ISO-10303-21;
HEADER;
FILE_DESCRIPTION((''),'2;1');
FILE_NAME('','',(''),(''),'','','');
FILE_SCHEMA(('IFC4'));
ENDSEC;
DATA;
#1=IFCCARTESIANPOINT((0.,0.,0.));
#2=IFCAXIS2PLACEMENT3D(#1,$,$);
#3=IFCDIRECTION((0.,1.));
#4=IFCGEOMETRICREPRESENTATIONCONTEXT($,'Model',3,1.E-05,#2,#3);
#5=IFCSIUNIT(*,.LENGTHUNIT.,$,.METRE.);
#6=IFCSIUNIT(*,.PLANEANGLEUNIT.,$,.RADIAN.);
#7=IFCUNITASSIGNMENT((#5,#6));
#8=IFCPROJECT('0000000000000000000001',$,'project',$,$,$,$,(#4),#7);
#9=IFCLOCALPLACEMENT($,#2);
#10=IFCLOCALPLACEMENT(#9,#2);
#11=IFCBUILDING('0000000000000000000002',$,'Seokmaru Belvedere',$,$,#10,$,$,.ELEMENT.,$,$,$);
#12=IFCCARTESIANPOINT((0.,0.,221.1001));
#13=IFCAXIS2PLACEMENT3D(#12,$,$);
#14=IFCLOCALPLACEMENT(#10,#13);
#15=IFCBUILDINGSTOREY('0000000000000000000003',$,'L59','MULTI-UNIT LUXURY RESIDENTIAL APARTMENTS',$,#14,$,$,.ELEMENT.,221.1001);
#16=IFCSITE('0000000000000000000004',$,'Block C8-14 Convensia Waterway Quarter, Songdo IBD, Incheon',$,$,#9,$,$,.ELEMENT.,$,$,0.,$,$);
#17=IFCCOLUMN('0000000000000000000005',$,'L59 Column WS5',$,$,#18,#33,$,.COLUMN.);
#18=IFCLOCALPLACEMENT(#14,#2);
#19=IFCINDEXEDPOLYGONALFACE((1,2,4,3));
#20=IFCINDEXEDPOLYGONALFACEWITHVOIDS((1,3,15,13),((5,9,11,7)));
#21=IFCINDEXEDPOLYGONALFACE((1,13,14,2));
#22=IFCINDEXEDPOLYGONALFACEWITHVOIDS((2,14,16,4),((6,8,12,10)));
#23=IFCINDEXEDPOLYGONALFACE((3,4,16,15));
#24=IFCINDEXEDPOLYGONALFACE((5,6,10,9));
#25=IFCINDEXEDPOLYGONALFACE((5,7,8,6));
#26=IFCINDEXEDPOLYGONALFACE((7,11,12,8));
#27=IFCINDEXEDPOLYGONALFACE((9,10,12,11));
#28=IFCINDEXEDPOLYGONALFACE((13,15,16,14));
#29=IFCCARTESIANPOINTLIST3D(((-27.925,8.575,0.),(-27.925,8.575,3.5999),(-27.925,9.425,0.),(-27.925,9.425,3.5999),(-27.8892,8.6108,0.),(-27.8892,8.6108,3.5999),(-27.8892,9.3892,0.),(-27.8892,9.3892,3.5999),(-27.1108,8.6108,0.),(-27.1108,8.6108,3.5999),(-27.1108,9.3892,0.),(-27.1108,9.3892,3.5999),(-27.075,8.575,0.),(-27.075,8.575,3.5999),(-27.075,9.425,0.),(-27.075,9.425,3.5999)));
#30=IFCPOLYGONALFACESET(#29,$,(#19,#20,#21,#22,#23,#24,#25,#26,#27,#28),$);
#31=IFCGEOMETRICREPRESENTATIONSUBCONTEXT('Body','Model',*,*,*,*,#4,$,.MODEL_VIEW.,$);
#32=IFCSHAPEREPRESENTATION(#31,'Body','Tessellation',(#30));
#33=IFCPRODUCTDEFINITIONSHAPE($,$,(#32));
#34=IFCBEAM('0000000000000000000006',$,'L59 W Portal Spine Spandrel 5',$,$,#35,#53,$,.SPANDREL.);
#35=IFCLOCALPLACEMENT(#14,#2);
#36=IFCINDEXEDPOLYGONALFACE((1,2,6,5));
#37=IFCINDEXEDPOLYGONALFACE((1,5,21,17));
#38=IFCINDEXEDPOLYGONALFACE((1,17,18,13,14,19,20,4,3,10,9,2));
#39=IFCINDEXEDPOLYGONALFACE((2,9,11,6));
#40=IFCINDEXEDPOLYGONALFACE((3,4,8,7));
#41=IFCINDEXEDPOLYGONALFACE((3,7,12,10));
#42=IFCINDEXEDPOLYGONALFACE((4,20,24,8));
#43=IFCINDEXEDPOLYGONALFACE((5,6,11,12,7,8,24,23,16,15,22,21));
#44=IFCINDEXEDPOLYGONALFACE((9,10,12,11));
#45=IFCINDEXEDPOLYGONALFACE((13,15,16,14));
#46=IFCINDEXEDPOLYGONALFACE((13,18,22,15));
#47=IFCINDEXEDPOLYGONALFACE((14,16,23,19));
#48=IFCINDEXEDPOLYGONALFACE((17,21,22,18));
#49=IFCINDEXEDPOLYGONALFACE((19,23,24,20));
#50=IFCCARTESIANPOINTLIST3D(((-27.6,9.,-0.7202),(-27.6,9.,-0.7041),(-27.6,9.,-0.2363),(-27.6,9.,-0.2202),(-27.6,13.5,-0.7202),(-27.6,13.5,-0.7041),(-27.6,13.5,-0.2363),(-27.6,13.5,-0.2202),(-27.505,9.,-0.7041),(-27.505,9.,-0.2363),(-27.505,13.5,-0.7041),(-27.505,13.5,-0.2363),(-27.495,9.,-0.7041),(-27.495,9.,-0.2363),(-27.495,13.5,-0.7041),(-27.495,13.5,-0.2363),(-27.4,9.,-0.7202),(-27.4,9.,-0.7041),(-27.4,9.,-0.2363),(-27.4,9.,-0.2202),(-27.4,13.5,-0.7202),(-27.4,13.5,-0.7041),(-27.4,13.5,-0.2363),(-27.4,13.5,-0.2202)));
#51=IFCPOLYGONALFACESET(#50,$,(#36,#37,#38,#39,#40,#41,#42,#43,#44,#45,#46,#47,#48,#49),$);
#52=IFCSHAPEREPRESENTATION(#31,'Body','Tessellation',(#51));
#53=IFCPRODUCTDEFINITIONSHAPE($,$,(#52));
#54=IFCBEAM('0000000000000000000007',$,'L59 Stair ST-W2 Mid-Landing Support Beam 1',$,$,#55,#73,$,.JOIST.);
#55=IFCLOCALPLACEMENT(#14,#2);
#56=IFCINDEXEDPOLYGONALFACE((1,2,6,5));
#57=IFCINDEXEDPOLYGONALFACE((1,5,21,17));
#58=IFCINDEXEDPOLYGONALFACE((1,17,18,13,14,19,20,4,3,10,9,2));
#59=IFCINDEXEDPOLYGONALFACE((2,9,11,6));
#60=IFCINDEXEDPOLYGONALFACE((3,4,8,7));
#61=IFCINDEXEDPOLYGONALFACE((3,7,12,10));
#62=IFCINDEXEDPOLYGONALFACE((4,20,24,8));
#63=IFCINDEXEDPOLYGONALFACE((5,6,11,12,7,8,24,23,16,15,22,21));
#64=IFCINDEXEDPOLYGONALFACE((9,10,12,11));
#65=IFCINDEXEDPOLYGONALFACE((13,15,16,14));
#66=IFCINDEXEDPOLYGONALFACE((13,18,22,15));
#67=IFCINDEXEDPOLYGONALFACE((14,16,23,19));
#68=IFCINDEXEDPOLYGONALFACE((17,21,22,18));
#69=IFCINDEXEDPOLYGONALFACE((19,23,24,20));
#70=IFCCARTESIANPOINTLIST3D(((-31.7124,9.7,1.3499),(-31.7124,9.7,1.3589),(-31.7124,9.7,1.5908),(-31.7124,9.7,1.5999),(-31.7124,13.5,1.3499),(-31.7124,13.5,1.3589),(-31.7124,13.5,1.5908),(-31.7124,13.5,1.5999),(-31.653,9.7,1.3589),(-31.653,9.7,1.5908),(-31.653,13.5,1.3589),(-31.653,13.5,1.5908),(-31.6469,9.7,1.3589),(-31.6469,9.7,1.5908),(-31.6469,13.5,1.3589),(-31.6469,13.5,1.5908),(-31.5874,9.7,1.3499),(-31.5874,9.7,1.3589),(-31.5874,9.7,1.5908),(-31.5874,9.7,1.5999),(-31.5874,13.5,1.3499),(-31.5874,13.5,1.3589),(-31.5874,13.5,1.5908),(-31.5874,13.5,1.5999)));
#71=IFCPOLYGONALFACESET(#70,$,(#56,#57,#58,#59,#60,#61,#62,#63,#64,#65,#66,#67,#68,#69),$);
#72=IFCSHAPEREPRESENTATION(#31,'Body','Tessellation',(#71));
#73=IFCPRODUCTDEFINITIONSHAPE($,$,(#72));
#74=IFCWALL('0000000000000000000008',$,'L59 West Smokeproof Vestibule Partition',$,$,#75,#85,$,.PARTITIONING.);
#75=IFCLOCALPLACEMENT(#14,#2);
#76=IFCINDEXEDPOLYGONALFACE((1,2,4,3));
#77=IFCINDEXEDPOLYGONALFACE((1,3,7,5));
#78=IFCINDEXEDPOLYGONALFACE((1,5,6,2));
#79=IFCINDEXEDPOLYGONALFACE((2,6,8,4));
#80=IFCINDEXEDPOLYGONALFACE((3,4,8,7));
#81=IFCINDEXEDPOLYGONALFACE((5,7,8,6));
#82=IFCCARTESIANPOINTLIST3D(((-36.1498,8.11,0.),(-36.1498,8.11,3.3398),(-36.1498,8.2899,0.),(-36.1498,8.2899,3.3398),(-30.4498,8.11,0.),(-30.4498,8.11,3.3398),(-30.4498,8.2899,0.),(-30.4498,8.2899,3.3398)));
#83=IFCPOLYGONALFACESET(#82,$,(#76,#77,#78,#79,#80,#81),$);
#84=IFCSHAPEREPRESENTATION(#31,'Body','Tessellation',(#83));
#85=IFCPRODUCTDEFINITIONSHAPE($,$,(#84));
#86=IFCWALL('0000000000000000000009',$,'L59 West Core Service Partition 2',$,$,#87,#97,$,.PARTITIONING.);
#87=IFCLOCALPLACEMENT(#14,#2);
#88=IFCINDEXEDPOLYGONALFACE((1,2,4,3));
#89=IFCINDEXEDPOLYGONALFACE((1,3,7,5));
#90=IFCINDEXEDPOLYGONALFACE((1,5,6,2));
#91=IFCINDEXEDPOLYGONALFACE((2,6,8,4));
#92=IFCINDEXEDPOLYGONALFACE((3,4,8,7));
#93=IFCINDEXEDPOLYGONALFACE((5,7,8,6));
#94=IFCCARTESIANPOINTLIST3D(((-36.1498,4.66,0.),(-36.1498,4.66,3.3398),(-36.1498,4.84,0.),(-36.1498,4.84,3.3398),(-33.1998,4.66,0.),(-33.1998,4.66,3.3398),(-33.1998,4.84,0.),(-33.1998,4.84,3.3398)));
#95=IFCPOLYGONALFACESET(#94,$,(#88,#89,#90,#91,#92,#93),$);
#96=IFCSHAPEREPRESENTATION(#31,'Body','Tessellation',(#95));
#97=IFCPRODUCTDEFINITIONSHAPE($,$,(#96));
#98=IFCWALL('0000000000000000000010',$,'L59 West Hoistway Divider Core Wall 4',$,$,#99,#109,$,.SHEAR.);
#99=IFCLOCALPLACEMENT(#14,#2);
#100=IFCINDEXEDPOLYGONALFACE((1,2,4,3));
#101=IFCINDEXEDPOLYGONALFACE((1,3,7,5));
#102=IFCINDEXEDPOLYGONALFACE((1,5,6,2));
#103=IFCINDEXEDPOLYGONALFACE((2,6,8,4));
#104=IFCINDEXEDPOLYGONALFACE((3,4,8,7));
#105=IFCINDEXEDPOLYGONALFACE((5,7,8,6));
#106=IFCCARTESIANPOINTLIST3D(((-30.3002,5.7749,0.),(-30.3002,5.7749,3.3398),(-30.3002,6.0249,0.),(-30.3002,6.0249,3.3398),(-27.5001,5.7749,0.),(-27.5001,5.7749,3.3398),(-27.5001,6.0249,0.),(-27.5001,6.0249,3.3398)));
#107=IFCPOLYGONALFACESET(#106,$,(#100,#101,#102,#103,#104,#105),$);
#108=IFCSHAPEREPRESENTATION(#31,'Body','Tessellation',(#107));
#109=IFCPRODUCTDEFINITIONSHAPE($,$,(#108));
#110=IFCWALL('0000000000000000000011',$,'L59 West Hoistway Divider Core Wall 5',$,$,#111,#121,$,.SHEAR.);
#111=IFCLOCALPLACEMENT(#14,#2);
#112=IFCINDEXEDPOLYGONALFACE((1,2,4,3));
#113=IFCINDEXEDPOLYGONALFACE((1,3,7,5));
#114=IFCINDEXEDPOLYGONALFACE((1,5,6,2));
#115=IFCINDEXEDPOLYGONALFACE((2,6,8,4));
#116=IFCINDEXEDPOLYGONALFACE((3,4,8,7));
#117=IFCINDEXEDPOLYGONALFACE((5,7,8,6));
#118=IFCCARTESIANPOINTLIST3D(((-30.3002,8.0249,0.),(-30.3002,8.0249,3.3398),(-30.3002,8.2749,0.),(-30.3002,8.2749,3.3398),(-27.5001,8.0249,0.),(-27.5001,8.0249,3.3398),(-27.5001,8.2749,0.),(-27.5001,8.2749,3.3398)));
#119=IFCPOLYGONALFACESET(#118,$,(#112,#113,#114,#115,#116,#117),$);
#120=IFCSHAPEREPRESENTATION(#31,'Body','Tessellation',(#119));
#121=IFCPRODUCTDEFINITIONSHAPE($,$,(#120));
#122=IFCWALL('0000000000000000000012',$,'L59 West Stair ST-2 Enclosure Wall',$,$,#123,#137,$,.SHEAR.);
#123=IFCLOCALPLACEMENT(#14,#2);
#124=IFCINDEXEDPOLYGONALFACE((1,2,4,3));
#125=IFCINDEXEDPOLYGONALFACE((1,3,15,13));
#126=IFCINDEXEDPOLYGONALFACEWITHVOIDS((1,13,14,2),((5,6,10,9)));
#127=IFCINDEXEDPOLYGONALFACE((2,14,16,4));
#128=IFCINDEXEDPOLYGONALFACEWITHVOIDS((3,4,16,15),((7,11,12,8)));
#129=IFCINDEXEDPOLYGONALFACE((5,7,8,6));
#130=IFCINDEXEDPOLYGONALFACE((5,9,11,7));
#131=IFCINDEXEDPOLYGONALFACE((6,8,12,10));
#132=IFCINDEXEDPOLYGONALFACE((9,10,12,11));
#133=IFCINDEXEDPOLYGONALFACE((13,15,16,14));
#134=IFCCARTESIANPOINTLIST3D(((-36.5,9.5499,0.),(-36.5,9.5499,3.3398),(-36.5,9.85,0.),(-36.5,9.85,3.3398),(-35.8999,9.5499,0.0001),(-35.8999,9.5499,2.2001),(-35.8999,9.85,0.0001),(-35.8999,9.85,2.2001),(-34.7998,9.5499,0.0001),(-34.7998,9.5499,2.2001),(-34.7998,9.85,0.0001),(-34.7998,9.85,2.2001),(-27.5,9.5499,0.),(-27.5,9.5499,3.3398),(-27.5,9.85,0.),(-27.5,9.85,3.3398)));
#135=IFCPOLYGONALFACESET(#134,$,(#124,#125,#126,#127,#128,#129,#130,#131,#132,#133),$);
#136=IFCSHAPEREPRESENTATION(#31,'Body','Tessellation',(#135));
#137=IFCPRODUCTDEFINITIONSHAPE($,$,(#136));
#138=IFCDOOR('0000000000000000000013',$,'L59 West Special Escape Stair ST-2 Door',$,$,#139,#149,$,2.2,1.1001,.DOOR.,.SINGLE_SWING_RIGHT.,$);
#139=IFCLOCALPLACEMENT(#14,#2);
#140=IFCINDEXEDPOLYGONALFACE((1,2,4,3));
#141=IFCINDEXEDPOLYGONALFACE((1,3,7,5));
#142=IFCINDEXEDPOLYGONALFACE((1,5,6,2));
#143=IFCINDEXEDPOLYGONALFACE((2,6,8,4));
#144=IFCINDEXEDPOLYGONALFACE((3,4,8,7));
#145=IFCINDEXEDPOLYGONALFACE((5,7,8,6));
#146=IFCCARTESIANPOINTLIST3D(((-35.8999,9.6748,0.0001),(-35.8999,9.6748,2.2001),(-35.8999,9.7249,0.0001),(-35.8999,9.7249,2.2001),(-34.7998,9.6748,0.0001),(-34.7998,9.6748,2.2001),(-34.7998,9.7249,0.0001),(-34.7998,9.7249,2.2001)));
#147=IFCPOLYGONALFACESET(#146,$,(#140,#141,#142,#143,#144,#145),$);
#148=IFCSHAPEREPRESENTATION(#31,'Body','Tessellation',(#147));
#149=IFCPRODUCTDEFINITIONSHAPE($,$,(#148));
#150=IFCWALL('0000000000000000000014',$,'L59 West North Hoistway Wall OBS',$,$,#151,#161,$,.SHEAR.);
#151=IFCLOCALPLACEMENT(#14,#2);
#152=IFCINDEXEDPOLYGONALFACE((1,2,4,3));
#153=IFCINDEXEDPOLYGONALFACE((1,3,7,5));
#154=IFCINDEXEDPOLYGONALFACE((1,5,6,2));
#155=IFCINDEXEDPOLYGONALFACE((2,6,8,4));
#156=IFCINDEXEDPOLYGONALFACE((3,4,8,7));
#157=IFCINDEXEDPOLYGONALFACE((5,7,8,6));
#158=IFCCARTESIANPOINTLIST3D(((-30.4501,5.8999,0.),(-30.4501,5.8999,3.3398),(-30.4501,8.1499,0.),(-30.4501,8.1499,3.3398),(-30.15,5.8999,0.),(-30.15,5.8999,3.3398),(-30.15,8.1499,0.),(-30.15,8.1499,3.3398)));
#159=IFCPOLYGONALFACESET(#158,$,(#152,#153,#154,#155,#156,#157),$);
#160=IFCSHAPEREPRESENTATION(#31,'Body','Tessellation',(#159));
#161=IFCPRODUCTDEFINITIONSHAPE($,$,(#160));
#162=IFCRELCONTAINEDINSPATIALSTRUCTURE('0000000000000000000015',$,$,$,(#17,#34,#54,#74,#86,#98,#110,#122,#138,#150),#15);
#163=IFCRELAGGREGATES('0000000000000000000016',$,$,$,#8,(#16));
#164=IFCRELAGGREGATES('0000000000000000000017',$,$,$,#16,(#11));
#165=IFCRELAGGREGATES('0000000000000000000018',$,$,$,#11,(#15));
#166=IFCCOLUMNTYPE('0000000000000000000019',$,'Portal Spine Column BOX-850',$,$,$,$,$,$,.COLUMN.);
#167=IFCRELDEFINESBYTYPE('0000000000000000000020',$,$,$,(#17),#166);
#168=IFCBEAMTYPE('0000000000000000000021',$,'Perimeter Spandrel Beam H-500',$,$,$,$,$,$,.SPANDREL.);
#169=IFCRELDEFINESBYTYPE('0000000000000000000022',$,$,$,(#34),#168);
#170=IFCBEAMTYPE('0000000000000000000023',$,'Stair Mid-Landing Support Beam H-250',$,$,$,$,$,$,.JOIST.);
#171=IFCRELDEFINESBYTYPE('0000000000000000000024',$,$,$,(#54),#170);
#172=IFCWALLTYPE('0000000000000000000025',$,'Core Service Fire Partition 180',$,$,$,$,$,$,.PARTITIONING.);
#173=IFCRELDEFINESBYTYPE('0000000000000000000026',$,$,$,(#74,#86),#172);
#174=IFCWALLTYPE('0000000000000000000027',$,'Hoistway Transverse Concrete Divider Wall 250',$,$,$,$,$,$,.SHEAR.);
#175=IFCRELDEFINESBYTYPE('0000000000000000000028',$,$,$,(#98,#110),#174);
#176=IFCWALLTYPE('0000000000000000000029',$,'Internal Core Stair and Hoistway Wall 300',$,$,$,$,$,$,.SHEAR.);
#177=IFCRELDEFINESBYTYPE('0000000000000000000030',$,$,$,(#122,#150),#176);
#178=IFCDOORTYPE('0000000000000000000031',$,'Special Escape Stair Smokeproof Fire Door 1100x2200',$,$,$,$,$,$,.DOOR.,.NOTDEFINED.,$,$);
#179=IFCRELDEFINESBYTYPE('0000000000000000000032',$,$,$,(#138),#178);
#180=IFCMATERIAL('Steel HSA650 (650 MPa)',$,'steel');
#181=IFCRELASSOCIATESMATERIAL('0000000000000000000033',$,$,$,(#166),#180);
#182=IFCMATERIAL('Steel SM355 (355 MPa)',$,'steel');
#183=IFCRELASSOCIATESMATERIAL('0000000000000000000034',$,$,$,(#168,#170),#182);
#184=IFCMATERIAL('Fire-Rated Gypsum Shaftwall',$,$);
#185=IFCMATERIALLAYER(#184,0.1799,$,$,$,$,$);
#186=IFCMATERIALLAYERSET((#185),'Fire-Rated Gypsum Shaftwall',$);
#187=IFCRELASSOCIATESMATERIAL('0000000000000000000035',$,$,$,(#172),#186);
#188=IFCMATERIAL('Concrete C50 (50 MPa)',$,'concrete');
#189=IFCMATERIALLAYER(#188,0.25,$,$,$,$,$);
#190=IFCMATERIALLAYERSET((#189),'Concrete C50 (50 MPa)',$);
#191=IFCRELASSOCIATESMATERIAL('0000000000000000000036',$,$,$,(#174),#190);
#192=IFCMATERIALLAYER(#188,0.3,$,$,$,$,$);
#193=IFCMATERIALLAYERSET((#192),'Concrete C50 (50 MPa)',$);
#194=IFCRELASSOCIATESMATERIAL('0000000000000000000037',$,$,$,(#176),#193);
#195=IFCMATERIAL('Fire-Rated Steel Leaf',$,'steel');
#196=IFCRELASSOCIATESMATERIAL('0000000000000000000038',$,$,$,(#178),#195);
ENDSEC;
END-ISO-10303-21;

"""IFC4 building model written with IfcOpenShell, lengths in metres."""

from ifc_helpers import new_model, si_unit, direction, frame, frame_2d, origin, origin_2d, place, context, subcontext, project, spatial, rectangle, hollow_rectangle, i_section, extrude, source, transform, mapped, material, layer, layer_set, material_profile, profile_set, type_object, type_shapes, element, fill, save


model = new_model("IFC4")

# Units and contexts
model_context = context("Model", 3, precision=1e-05, world=origin(), true_north=direction((0.0, 1.0)))
body_context = subcontext(model_context, "Body", "Model", "MODEL_VIEW")
ifc_project = project(units=[si_unit("LENGTHUNIT", "METRE"), si_unit("PLANEANGLEUNIT", "RADIAN")], contexts=[model_context])

# Site, building, storey
site_placement = place(None, origin())
site = spatial("IfcSite", under=ifc_project, at=site_placement, Name="Block C8-14 Convensia Waterway Quarter, Songdo IBD, Incheon", CompositionType="ELEMENT", RefElevation=0.0)
building_placement = place(site_placement, origin())
building = spatial("IfcBuilding", under=site, at=building_placement, Name="Seokmaru Belvedere", CompositionType="ELEMENT")
storey_placement = place(building_placement, frame((0.0, 0.0, 221.1001)))
storey = spatial("IfcBuildingStorey", under=building, at=storey_placement, Name="L59", Description="MULTI-UNIT LUXURY RESIDENTIAL APARTMENTS", CompositionType="ELEMENT", Elevation=221.1001)

# Column
ifc_material_1 = material(Name="Steel HSA650 (650 MPa)", Category="steel")
ifc_material_profile_1 = material_profile(ifc_material_1, hollow_rectangle(XDim=0.8501, YDim=0.8501, WallThickness=0.0359, at=origin_2d()), Name="BOX-850x850x36")
ifc_profile_set_1 = profile_set([ifc_material_profile_1], Name="Steel HSA650 (650 MPa)")
column_type = type_object("IfcColumnType", Name="Portal Spine Column BOX-850", PredefinedType="COLUMN", material=ifc_profile_set_1)
shared_shape_1 = source(origin(), body_context, "Body", "SweptSolid", [
    extrude(hollow_rectangle(XDim=0.8501, YDim=0.8501, WallThickness=0.0359, at=origin_2d()), origin(), (0.0, 0.0, 1.0), 3.5999),
])
type_shapes(column_type, [shared_shape_1])
column_placement = place(storey_placement, frame((-27.5, 9.0, 0.0), z_axis=(0.0, 0.0, 1.0), x_axis=(1.0, 0.0, 0.0)))
element("IfcColumn", 1, at=column_placement, inside=storey, type_object=column_type, Name="L59 Column WS5", PredefinedType="COLUMN", context=body_context, shape_type="MappedRepresentation", body=[
    mapped(shared_shape_1, transform((0.0, 0.0, 0.0), scale=1.0)),
])

# Beams
ifc_material_2 = material(Name="Steel SM355 (355 MPa)", Category="steel")
ifc_material_profile_2 = material_profile(ifc_material_2, i_section(OverallWidth=0.2, OverallDepth=0.5, WebThickness=0.01, FlangeThickness=0.0161, at=origin_2d()), Name="H-500x200x10x16")
ifc_profile_set_2 = profile_set([ifc_material_profile_2], Name="Steel SM355 (355 MPa)")
beam_type_1 = type_object("IfcBeamType", Name="Perimeter Spandrel Beam H-500", PredefinedType="SPANDREL", material=ifc_profile_set_2)
shared_shape_2 = source(origin(), body_context, "Body", "SweptSolid", [
    extrude(i_section(OverallWidth=0.2, OverallDepth=0.5, WebThickness=0.01, FlangeThickness=0.0161, at=origin_2d()), origin(), (0.0, 0.0, 1.0), 4.5),
])
type_shapes(beam_type_1, [shared_shape_2])
beam_1_placement = place(storey_placement, frame((-27.5, 9.0, -0.4702), z_axis=(0.0, 1.0, 0.0), x_axis=(-1.0, 0.0, 0.0)))
element("IfcBeam", 2, at=beam_1_placement, inside=storey, type_object=beam_type_1, Name="L59 W Portal Spine Spandrel 5", PredefinedType="SPANDREL", context=body_context, shape_type="MappedRepresentation", body=[
    mapped(shared_shape_2, transform((0.0, 0.0, 0.0), scale=1.0)),
])
ifc_material_profile_3 = material_profile(ifc_material_2, i_section(OverallWidth=0.125, OverallDepth=0.25, WebThickness=0.0061, FlangeThickness=0.009, at=origin_2d()), Name="H-250x125x6x9")
ifc_profile_set_3 = profile_set([ifc_material_profile_3], Name="Steel SM355 (355 MPa)")
beam_type_2 = type_object("IfcBeamType", Name="Stair Mid-Landing Support Beam H-250", PredefinedType="JOIST", material=ifc_profile_set_3)
shared_shape_3 = source(origin(), body_context, "Body", "SweptSolid", [
    extrude(i_section(OverallWidth=0.125, OverallDepth=0.25, WebThickness=0.0061, FlangeThickness=0.009, at=origin_2d()), origin(), (0.0, 0.0, 1.0), 3.8),
])
type_shapes(beam_type_2, [shared_shape_3])
beam_2_placement = place(storey_placement, frame((-31.6499, 9.7, 1.4749), z_axis=(0.0, 1.0, 0.0), x_axis=(-1.0, 0.0, 0.0)))
element("IfcBeam", 3, at=beam_2_placement, inside=storey, type_object=beam_type_2, Name="L59 Stair ST-W2 Mid-Landing Support Beam 1", PredefinedType="JOIST", context=body_context, shape_type="MappedRepresentation", body=[
    mapped(shared_shape_3, transform((0.0, 0.0, 0.0), scale=1.0)),
])

# Walls
ifc_material_3 = material(Name="Fire-Rated Gypsum Shaftwall")
ifc_layer_1 = layer(ifc_material_3, 0.1799)
ifc_layer_set_1 = layer_set([ifc_layer_1], Name="Fire-Rated Gypsum Shaftwall")
wall_type_1 = type_object("IfcWallType", Name="Core Service Fire Partition 180", PredefinedType="PARTITIONING", material=ifc_layer_set_1)
wall_1_placement = place(storey_placement, frame((-36.1499, 8.2, 0.0), z_axis=(0.0, 0.0, 1.0), x_axis=(1.0, 0.0, 0.0)))
element("IfcWall", 4, at=wall_1_placement, inside=storey, type_object=wall_type_1, Name="L59 West Smokeproof Vestibule Partition", PredefinedType="PARTITIONING", context=body_context, shape_type="SweptSolid", body=[
    extrude(rectangle(XDim=5.7, YDim=0.1799, at=frame_2d((2.8501, 0.0))), origin(), (0.0, 0.0, 1.0), 3.3398),
])
wall_2_placement = place(storey_placement, frame((-36.1499, 4.75, 0.0), z_axis=(0.0, 0.0, 1.0), x_axis=(1.0, 0.0, 0.0)))
element("IfcWall", 5, at=wall_2_placement, inside=storey, type_object=wall_type_1, Name="L59 West Core Service Partition 2", PredefinedType="PARTITIONING", context=body_context, shape_type="SweptSolid", body=[
    extrude(rectangle(XDim=2.95, YDim=0.1799, at=frame_2d((1.4751, 0.0))), origin(), (0.0, 0.0, 1.0), 3.3398),
])
ifc_material_4 = material(Name="Concrete C50 (50 MPa)", Category="concrete")
ifc_layer_2 = layer(ifc_material_4, 0.25)
ifc_layer_set_2 = layer_set([ifc_layer_2], Name="Concrete C50 (50 MPa)")
wall_type_2 = type_object("IfcWallType", Name="Hoistway Transverse Concrete Divider Wall 250", PredefinedType="SHEAR", material=ifc_layer_set_2)
for number, where, z_axis, x_axis, name in (
    (6, (-30.3, 5.8999, 0.0), (0.0, 0.0, 1.0), (1.0, 0.0, 0.0), "L59 West Hoistway Divider Core Wall 4"),
    (7, (-30.3, 8.1499, 0.0), (0.0, 0.0, 1.0), (1.0, 0.0, 0.0), "L59 West Hoistway Divider Core Wall 5"),
):
    element("IfcWall", number, at=place(storey_placement, frame(where, z_axis=z_axis, x_axis=x_axis)), inside=storey, type_object=wall_type_2, Name=name, PredefinedType="SHEAR", context=body_context, shape_type="SweptSolid", body=[
        extrude(rectangle(XDim=2.8, YDim=0.25, at=frame_2d((1.3999, 0.0))), origin(), (0.0, 0.0, 1.0), 3.3398),
    ])

# Wall, opening, door
ifc_layer_3 = layer(ifc_material_4, 0.3)
ifc_layer_set_3 = layer_set([ifc_layer_3], Name="Concrete C50 (50 MPa)")
wall_type_3 = type_object("IfcWallType", Name="Internal Core Stair and Hoistway Wall 300", PredefinedType="SHEAR", material=ifc_layer_set_3)
wall_3_placement = place(storey_placement, frame((-36.5, 9.7, 0.0), z_axis=(0.0, 0.0, 1.0), x_axis=(1.0, 0.0, 0.0)))
wall_3 = element("IfcWall", 8, at=wall_3_placement, inside=storey, type_object=wall_type_3, Name="L59 West Stair ST-2 Enclosure Wall", PredefinedType="SHEAR", context=body_context, shape_type="SweptSolid", body=[
    extrude(rectangle(XDim=9.0, YDim=0.3, at=frame_2d((4.5, 0.0))), origin(), (0.0, 0.0, 1.0), 3.3398),
])
opening_1_placement = place(wall_3_placement, frame((0.6001, 0.0, 0.0)))
opening_1 = element("IfcOpeningElement", 9, at=opening_1_placement, cuts=wall_3, PredefinedType="OPENING", context=body_context, shape_type="SweptSolid", body=[
    extrude(rectangle(XDim=1.1001, YDim=2.2, at=frame_2d((0.55, 1.1001))), frame((0.0, 0.1602, 0.0), z_axis=(0.0, -1.0, 0.0), x_axis=(1.0, 0.0, 0.0)), (0.0, 0.0, 1.0), 0.3201),
])
ifc_material_5 = material(Name="Fire-Rated Steel Leaf", Category="steel")
door_type_1 = type_object("IfcDoorType", Name="Special Escape Stair Smokeproof Fire Door 1100x2200", OperationType="NOTDEFINED", PredefinedType="DOOR", material=ifc_material_5)
shared_shape_4 = source(origin(), body_context, "Body", "SweptSolid", [
    extrude(rectangle(XDim=1.1001, YDim=2.2, at=frame_2d((0.55, 1.1001))), frame((0.0, 0.0249, 0.0), z_axis=(0.0, -1.0, 0.0), x_axis=(1.0, 0.0, 0.0)), (0.0, 0.0, 1.0), 0.05),
])
type_shapes(door_type_1, [shared_shape_4])
door_1_placement = place(opening_1_placement, origin())
door_1 = element("IfcDoor", 10, at=door_1_placement, inside=storey, type_object=door_type_1, Name="L59 West Special Escape Stair ST-2 Door", OperationType="SINGLE_SWING_RIGHT", OverallHeight=2.2, OverallWidth=1.1001, PredefinedType="DOOR", context=body_context, shape_type="MappedRepresentation", body=[
    mapped(shared_shape_4, transform((0.0, 0.0, 0.0), scale=1.0)),
])
fill(opening_1, door_1)

# Wall
wall_4_placement = place(storey_placement, frame((-30.3, 5.8999, 0.0), z_axis=(0.0, 0.0, 1.0), x_axis=(0.0, 1.0, 0.0)))
element("IfcWall", 11, at=wall_4_placement, inside=storey, type_object=wall_type_3, Name="L59 West North Hoistway Wall OBS", PredefinedType="SHEAR", context=body_context, shape_type="SweptSolid", body=[
    extrude(rectangle(XDim=2.25, YDim=0.3, at=frame_2d((1.125, 0.0))), origin(), (0.0, 0.0, 1.0), 3.3398),
])

save(model, "model.ifc")
